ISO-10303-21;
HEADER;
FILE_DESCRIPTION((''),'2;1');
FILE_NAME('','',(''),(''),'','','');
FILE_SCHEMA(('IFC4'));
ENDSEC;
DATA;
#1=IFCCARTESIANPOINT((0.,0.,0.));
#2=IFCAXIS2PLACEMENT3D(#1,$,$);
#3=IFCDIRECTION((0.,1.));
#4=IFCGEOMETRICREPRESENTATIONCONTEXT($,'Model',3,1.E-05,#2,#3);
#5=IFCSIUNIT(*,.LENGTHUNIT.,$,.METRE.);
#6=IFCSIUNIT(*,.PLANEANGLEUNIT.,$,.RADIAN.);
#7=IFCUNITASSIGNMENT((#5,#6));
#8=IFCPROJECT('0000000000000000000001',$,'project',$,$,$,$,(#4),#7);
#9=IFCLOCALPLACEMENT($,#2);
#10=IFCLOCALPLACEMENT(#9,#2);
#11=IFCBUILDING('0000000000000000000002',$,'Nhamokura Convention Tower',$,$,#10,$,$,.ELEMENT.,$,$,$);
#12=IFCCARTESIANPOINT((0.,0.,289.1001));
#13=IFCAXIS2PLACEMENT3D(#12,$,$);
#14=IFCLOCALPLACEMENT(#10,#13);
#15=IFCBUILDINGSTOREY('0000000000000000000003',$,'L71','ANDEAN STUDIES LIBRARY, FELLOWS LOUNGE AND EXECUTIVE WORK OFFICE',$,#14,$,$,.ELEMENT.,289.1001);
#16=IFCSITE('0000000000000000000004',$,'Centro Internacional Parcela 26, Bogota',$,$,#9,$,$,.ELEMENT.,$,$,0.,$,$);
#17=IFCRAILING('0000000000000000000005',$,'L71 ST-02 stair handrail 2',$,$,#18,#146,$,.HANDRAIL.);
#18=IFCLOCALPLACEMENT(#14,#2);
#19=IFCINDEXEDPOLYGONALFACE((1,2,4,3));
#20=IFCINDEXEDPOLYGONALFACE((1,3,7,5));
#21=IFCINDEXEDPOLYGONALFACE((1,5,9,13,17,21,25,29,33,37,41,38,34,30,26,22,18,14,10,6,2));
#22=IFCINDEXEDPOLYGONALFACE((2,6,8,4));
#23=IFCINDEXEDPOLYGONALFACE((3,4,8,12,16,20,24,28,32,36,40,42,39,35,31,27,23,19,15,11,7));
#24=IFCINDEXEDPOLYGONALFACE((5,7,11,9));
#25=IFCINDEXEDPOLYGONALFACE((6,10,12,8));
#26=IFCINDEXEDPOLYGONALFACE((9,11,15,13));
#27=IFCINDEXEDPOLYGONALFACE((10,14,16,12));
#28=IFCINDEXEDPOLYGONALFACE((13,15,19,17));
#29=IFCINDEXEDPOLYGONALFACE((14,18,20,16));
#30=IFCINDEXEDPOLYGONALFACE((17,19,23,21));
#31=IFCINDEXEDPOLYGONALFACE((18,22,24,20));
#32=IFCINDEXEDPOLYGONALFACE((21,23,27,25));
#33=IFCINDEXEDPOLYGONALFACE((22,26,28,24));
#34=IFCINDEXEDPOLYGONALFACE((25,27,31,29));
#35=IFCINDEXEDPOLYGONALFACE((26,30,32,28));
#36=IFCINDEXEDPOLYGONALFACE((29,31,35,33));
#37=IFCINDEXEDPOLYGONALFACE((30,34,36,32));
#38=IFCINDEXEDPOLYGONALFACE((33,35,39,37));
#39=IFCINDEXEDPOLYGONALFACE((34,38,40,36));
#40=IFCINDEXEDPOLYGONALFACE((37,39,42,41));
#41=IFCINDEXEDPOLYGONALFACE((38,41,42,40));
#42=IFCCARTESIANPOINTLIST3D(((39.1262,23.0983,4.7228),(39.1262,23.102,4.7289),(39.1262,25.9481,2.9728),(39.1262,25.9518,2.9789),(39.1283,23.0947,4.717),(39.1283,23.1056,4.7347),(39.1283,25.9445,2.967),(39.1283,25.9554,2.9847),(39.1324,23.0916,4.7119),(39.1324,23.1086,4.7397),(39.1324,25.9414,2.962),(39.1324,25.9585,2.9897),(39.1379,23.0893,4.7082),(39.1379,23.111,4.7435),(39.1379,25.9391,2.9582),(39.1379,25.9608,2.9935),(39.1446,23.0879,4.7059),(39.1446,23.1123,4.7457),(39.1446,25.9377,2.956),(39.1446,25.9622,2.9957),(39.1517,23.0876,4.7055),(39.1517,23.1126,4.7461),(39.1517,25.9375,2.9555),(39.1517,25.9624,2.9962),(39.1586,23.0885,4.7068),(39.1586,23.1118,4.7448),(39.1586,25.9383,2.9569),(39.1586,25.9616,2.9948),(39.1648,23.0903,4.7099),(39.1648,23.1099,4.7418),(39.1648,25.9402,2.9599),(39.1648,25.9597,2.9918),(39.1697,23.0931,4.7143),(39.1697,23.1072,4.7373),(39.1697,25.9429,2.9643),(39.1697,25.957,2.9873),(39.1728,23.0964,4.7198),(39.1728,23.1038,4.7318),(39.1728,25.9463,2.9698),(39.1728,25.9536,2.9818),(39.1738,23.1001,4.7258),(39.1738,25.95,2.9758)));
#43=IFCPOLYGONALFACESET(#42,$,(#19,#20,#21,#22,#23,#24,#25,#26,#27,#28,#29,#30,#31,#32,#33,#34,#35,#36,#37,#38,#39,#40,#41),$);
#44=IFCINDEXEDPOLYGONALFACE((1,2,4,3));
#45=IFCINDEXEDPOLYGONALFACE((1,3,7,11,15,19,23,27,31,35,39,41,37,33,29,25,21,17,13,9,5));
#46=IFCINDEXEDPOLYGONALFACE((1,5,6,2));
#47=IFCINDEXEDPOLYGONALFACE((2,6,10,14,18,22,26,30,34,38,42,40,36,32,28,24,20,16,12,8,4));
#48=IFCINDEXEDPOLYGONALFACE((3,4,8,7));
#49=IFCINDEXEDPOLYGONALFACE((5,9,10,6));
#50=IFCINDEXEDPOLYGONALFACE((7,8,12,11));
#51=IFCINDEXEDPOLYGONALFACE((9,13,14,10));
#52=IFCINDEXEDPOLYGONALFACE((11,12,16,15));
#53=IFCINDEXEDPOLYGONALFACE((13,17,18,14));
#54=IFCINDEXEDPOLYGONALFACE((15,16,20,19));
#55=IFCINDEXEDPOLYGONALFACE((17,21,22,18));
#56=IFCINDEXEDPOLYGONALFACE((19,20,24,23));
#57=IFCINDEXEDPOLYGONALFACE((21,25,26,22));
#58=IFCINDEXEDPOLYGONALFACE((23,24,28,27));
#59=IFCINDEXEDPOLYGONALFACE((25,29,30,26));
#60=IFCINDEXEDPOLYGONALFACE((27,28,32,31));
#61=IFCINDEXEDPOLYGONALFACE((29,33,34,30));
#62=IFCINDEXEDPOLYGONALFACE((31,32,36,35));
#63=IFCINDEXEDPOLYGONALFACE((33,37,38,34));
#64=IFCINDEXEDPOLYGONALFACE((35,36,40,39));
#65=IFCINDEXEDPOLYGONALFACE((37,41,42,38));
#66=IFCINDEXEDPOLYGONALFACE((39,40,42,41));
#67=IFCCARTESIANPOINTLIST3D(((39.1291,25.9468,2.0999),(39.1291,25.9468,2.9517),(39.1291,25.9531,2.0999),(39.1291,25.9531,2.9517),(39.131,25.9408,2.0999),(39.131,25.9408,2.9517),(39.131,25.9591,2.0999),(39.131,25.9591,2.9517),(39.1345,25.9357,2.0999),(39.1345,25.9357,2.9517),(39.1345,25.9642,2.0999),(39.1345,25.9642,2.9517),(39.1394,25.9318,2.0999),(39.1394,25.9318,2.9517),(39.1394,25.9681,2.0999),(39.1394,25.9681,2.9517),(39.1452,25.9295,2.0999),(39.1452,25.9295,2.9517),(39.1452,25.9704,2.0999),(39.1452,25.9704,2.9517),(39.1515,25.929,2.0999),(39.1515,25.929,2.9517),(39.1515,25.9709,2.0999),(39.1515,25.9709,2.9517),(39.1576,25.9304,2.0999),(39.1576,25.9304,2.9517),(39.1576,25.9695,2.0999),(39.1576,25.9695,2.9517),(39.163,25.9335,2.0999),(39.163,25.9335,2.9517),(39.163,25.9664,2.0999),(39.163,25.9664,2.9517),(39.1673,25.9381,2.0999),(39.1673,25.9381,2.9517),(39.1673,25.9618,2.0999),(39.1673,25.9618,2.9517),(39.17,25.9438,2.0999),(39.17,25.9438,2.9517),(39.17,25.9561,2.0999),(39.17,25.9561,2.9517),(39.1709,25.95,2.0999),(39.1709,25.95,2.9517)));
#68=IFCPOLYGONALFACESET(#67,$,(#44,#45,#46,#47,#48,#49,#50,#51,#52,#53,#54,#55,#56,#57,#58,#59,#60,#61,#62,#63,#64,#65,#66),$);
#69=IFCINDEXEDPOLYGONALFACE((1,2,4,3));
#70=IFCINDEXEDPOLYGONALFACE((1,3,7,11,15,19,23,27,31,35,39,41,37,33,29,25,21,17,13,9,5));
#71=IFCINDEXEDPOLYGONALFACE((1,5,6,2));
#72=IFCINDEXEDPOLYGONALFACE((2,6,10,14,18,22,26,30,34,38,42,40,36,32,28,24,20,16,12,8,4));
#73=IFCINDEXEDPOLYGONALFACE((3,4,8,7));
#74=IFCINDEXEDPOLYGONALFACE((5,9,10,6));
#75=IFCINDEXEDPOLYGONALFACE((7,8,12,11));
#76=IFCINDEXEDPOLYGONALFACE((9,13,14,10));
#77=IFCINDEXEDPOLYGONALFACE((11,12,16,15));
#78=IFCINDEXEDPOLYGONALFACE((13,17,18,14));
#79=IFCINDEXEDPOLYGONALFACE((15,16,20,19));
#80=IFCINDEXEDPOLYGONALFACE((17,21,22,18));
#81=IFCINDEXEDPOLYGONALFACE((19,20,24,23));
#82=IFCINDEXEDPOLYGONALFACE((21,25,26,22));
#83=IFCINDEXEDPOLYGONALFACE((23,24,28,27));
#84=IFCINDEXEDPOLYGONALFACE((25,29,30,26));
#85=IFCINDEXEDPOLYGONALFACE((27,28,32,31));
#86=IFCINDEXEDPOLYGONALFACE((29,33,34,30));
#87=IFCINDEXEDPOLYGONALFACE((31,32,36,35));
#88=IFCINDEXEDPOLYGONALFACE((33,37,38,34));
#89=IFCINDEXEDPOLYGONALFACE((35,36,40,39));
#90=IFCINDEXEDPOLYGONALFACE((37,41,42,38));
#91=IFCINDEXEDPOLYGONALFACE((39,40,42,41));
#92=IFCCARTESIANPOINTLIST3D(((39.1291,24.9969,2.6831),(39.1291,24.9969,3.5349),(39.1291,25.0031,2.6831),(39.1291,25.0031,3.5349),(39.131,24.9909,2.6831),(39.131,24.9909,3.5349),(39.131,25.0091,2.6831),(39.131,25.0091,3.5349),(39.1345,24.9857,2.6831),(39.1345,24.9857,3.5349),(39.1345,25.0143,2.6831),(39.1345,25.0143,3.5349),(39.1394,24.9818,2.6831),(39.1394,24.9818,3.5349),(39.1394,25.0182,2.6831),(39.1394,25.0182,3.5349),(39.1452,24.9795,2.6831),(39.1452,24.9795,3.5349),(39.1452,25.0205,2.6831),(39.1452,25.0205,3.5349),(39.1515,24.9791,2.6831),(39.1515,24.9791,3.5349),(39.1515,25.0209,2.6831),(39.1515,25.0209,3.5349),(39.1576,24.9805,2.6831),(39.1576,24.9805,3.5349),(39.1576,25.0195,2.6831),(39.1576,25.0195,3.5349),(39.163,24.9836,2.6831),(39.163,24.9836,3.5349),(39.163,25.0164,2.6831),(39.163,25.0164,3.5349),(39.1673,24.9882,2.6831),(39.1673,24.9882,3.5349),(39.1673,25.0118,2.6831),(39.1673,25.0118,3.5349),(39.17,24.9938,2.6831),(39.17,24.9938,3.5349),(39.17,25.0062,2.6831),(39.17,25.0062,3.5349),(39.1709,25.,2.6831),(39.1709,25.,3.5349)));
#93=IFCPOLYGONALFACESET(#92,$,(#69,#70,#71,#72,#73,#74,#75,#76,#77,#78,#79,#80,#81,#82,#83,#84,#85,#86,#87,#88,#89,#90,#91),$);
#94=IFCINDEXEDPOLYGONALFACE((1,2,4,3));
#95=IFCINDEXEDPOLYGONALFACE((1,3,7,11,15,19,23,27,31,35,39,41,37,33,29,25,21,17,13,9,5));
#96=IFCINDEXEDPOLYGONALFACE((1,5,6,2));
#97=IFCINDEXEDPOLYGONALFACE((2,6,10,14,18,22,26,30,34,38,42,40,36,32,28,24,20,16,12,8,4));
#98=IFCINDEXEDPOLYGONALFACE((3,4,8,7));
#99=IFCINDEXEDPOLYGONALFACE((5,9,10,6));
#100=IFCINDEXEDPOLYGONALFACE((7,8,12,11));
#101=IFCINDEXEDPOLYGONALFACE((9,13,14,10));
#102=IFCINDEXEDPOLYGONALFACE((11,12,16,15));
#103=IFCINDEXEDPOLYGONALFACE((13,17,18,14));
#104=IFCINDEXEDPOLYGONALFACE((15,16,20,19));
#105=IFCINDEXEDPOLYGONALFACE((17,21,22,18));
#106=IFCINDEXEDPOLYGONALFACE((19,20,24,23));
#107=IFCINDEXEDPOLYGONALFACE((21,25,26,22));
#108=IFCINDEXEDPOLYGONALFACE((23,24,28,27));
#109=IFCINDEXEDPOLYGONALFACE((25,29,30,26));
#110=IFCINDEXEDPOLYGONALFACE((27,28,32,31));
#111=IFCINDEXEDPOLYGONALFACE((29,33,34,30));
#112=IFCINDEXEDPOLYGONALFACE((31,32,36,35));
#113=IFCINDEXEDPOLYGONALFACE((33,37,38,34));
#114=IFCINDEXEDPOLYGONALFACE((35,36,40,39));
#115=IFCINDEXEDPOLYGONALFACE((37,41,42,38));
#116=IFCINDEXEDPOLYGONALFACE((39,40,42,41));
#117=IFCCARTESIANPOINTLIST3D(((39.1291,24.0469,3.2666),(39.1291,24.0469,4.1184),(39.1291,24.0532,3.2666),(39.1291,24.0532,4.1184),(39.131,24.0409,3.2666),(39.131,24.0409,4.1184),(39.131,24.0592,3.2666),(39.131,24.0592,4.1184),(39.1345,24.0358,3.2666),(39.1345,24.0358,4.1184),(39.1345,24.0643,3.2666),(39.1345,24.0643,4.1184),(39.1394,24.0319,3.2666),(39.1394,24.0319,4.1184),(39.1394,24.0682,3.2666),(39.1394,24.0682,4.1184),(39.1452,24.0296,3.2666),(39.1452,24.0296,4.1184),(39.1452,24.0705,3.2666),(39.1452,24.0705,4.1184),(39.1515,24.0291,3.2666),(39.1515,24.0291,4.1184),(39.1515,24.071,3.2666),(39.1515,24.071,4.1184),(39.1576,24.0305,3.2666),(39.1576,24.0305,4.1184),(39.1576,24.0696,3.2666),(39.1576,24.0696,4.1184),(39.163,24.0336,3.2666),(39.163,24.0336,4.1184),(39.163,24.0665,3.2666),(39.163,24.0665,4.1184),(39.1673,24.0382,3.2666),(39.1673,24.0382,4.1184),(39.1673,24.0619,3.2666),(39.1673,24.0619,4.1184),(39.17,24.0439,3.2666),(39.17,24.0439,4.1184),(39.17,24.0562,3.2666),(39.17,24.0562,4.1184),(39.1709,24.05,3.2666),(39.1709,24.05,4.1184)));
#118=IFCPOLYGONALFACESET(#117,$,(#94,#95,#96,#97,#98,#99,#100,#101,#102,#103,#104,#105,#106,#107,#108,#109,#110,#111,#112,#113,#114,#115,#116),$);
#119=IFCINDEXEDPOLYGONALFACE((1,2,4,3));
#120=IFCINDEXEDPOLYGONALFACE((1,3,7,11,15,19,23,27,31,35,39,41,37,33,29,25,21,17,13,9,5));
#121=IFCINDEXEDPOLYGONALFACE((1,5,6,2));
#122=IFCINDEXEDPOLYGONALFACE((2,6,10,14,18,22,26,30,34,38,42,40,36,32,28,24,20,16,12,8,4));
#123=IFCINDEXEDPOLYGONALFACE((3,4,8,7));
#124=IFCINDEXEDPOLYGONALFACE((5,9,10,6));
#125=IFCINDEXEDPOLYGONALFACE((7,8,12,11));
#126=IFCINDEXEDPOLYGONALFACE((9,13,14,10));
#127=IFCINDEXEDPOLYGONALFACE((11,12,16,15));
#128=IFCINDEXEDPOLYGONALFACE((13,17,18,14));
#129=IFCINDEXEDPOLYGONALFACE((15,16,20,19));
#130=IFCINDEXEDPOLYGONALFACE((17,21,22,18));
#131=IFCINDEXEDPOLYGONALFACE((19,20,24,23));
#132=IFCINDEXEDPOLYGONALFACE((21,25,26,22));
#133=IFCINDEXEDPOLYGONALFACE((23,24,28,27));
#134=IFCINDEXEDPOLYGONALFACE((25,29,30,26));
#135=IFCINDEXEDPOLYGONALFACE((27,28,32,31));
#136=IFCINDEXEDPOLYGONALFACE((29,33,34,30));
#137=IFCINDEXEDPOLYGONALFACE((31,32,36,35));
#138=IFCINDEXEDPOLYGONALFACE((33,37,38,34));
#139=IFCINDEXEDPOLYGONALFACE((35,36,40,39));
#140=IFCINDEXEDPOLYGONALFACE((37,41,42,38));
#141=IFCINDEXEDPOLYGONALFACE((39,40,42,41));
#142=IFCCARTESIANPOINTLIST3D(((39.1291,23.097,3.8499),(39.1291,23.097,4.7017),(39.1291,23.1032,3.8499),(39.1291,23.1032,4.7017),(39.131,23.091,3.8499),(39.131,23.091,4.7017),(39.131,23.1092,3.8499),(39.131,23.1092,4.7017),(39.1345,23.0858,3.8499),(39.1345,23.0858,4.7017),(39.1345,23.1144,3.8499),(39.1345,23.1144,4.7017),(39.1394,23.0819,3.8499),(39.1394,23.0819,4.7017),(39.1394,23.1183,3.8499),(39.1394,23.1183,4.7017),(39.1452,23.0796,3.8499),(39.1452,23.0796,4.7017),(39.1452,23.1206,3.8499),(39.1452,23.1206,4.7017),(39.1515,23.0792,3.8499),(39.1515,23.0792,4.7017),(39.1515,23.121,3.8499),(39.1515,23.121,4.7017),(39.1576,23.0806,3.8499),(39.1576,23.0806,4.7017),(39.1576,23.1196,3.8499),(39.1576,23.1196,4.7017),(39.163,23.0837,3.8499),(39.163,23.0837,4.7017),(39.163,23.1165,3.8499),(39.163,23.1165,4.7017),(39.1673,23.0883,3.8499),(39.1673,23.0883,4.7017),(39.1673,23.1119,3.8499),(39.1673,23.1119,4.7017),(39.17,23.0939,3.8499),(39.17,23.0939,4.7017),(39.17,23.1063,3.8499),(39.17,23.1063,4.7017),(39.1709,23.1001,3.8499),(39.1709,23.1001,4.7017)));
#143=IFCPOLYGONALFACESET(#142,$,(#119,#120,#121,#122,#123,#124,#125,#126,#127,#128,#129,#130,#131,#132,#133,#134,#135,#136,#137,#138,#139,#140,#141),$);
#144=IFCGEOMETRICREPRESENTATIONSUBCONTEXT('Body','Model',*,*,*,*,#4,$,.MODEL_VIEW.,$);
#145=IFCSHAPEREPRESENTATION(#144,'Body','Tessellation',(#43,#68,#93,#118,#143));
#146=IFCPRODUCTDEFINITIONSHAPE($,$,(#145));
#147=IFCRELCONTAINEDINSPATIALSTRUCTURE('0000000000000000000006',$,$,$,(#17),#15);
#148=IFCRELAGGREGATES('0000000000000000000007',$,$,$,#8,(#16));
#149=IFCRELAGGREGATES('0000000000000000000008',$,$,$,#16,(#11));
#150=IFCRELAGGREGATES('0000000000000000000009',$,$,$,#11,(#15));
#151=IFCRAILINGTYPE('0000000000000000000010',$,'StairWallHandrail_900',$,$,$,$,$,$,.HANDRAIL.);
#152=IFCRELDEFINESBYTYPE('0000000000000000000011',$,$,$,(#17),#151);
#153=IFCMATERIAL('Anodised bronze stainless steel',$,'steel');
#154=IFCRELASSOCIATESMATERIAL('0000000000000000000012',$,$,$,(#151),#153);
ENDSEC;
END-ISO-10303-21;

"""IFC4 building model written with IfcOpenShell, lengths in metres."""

from ifc_helpers import new_model, si_unit, direction, frame, origin, origin_2d, place, context, subcontext, project, spatial, circle, extrude, material, type_object, element, save


model = new_model("IFC4")

# Units and contexts
model_context = context("Model", 3, precision=1e-05, world=origin(), true_north=direction((0.0, 1.0)))
body_context = subcontext(model_context, "Body", "Model", "MODEL_VIEW")
ifc_project = project(units=[si_unit("LENGTHUNIT", "METRE"), si_unit("PLANEANGLEUNIT", "RADIAN")], contexts=[model_context])

# Site, building, storey
site_placement = place(None, origin())
site = spatial("IfcSite", under=ifc_project, at=site_placement, Name="Centro Internacional Parcela 26, Bogota", CompositionType="ELEMENT", RefElevation=0.0)
building_placement = place(site_placement, origin())
building = spatial("IfcBuilding", under=site, at=building_placement, Name="Nhamokura Convention Tower", CompositionType="ELEMENT")
storey_placement = place(building_placement, frame((0.0, 0.0, 289.1001)))
storey = spatial("IfcBuildingStorey", under=building, at=storey_placement, Name="L71", Description="ANDEAN STUDIES LIBRARY, FELLOWS LOUNGE AND EXECUTIVE WORK OFFICE", CompositionType="ELEMENT", Elevation=289.1001)

# Railing
ifc_material_1 = material(Name="Anodised bronze stainless steel", Category="steel")
railing_type_1 = type_object("IfcRailingType", Name="StairWallHandrail_900", PredefinedType="HANDRAIL", material=ifc_material_1)
railing_1_placement = place(storey_placement, frame((39.1499, 25.95, 2.0999)))
element("IfcRailing", 1, at=railing_1_placement, inside=storey, type_object=railing_type_1, Name="L71 ST-02 stair handrail 2", PredefinedType="HANDRAIL", context=body_context, shape_type="SweptSolid", body=[
    extrude(circle(Radius=0.0239, at=origin_2d()), frame((0.0, 0.0, 0.876), z_axis=(0.0, -0.852159, 0.523283), x_axis=(1.0, 0.0, 0.0)), (0.0, 0.0, 1.0), 3.3442),
    extrude(circle(Radius=0.021, at=origin_2d()), origin(), (0.0, 0.0, 1.0), 0.8518),
    extrude(circle(Radius=0.021, at=origin_2d()), frame((0.0, -0.95, 0.5833)), (0.0, 0.0, 1.0), 0.8518),
    extrude(circle(Radius=0.021, at=origin_2d()), frame((0.0, -1.8999, 1.1667)), (0.0, 0.0, 1.0), 0.8518),
    extrude(circle(Radius=0.021, at=origin_2d()), frame((0.0, -2.8499, 1.75)), (0.0, 0.0, 1.0), 0.8518),
])

save(model, "model.ifc")
